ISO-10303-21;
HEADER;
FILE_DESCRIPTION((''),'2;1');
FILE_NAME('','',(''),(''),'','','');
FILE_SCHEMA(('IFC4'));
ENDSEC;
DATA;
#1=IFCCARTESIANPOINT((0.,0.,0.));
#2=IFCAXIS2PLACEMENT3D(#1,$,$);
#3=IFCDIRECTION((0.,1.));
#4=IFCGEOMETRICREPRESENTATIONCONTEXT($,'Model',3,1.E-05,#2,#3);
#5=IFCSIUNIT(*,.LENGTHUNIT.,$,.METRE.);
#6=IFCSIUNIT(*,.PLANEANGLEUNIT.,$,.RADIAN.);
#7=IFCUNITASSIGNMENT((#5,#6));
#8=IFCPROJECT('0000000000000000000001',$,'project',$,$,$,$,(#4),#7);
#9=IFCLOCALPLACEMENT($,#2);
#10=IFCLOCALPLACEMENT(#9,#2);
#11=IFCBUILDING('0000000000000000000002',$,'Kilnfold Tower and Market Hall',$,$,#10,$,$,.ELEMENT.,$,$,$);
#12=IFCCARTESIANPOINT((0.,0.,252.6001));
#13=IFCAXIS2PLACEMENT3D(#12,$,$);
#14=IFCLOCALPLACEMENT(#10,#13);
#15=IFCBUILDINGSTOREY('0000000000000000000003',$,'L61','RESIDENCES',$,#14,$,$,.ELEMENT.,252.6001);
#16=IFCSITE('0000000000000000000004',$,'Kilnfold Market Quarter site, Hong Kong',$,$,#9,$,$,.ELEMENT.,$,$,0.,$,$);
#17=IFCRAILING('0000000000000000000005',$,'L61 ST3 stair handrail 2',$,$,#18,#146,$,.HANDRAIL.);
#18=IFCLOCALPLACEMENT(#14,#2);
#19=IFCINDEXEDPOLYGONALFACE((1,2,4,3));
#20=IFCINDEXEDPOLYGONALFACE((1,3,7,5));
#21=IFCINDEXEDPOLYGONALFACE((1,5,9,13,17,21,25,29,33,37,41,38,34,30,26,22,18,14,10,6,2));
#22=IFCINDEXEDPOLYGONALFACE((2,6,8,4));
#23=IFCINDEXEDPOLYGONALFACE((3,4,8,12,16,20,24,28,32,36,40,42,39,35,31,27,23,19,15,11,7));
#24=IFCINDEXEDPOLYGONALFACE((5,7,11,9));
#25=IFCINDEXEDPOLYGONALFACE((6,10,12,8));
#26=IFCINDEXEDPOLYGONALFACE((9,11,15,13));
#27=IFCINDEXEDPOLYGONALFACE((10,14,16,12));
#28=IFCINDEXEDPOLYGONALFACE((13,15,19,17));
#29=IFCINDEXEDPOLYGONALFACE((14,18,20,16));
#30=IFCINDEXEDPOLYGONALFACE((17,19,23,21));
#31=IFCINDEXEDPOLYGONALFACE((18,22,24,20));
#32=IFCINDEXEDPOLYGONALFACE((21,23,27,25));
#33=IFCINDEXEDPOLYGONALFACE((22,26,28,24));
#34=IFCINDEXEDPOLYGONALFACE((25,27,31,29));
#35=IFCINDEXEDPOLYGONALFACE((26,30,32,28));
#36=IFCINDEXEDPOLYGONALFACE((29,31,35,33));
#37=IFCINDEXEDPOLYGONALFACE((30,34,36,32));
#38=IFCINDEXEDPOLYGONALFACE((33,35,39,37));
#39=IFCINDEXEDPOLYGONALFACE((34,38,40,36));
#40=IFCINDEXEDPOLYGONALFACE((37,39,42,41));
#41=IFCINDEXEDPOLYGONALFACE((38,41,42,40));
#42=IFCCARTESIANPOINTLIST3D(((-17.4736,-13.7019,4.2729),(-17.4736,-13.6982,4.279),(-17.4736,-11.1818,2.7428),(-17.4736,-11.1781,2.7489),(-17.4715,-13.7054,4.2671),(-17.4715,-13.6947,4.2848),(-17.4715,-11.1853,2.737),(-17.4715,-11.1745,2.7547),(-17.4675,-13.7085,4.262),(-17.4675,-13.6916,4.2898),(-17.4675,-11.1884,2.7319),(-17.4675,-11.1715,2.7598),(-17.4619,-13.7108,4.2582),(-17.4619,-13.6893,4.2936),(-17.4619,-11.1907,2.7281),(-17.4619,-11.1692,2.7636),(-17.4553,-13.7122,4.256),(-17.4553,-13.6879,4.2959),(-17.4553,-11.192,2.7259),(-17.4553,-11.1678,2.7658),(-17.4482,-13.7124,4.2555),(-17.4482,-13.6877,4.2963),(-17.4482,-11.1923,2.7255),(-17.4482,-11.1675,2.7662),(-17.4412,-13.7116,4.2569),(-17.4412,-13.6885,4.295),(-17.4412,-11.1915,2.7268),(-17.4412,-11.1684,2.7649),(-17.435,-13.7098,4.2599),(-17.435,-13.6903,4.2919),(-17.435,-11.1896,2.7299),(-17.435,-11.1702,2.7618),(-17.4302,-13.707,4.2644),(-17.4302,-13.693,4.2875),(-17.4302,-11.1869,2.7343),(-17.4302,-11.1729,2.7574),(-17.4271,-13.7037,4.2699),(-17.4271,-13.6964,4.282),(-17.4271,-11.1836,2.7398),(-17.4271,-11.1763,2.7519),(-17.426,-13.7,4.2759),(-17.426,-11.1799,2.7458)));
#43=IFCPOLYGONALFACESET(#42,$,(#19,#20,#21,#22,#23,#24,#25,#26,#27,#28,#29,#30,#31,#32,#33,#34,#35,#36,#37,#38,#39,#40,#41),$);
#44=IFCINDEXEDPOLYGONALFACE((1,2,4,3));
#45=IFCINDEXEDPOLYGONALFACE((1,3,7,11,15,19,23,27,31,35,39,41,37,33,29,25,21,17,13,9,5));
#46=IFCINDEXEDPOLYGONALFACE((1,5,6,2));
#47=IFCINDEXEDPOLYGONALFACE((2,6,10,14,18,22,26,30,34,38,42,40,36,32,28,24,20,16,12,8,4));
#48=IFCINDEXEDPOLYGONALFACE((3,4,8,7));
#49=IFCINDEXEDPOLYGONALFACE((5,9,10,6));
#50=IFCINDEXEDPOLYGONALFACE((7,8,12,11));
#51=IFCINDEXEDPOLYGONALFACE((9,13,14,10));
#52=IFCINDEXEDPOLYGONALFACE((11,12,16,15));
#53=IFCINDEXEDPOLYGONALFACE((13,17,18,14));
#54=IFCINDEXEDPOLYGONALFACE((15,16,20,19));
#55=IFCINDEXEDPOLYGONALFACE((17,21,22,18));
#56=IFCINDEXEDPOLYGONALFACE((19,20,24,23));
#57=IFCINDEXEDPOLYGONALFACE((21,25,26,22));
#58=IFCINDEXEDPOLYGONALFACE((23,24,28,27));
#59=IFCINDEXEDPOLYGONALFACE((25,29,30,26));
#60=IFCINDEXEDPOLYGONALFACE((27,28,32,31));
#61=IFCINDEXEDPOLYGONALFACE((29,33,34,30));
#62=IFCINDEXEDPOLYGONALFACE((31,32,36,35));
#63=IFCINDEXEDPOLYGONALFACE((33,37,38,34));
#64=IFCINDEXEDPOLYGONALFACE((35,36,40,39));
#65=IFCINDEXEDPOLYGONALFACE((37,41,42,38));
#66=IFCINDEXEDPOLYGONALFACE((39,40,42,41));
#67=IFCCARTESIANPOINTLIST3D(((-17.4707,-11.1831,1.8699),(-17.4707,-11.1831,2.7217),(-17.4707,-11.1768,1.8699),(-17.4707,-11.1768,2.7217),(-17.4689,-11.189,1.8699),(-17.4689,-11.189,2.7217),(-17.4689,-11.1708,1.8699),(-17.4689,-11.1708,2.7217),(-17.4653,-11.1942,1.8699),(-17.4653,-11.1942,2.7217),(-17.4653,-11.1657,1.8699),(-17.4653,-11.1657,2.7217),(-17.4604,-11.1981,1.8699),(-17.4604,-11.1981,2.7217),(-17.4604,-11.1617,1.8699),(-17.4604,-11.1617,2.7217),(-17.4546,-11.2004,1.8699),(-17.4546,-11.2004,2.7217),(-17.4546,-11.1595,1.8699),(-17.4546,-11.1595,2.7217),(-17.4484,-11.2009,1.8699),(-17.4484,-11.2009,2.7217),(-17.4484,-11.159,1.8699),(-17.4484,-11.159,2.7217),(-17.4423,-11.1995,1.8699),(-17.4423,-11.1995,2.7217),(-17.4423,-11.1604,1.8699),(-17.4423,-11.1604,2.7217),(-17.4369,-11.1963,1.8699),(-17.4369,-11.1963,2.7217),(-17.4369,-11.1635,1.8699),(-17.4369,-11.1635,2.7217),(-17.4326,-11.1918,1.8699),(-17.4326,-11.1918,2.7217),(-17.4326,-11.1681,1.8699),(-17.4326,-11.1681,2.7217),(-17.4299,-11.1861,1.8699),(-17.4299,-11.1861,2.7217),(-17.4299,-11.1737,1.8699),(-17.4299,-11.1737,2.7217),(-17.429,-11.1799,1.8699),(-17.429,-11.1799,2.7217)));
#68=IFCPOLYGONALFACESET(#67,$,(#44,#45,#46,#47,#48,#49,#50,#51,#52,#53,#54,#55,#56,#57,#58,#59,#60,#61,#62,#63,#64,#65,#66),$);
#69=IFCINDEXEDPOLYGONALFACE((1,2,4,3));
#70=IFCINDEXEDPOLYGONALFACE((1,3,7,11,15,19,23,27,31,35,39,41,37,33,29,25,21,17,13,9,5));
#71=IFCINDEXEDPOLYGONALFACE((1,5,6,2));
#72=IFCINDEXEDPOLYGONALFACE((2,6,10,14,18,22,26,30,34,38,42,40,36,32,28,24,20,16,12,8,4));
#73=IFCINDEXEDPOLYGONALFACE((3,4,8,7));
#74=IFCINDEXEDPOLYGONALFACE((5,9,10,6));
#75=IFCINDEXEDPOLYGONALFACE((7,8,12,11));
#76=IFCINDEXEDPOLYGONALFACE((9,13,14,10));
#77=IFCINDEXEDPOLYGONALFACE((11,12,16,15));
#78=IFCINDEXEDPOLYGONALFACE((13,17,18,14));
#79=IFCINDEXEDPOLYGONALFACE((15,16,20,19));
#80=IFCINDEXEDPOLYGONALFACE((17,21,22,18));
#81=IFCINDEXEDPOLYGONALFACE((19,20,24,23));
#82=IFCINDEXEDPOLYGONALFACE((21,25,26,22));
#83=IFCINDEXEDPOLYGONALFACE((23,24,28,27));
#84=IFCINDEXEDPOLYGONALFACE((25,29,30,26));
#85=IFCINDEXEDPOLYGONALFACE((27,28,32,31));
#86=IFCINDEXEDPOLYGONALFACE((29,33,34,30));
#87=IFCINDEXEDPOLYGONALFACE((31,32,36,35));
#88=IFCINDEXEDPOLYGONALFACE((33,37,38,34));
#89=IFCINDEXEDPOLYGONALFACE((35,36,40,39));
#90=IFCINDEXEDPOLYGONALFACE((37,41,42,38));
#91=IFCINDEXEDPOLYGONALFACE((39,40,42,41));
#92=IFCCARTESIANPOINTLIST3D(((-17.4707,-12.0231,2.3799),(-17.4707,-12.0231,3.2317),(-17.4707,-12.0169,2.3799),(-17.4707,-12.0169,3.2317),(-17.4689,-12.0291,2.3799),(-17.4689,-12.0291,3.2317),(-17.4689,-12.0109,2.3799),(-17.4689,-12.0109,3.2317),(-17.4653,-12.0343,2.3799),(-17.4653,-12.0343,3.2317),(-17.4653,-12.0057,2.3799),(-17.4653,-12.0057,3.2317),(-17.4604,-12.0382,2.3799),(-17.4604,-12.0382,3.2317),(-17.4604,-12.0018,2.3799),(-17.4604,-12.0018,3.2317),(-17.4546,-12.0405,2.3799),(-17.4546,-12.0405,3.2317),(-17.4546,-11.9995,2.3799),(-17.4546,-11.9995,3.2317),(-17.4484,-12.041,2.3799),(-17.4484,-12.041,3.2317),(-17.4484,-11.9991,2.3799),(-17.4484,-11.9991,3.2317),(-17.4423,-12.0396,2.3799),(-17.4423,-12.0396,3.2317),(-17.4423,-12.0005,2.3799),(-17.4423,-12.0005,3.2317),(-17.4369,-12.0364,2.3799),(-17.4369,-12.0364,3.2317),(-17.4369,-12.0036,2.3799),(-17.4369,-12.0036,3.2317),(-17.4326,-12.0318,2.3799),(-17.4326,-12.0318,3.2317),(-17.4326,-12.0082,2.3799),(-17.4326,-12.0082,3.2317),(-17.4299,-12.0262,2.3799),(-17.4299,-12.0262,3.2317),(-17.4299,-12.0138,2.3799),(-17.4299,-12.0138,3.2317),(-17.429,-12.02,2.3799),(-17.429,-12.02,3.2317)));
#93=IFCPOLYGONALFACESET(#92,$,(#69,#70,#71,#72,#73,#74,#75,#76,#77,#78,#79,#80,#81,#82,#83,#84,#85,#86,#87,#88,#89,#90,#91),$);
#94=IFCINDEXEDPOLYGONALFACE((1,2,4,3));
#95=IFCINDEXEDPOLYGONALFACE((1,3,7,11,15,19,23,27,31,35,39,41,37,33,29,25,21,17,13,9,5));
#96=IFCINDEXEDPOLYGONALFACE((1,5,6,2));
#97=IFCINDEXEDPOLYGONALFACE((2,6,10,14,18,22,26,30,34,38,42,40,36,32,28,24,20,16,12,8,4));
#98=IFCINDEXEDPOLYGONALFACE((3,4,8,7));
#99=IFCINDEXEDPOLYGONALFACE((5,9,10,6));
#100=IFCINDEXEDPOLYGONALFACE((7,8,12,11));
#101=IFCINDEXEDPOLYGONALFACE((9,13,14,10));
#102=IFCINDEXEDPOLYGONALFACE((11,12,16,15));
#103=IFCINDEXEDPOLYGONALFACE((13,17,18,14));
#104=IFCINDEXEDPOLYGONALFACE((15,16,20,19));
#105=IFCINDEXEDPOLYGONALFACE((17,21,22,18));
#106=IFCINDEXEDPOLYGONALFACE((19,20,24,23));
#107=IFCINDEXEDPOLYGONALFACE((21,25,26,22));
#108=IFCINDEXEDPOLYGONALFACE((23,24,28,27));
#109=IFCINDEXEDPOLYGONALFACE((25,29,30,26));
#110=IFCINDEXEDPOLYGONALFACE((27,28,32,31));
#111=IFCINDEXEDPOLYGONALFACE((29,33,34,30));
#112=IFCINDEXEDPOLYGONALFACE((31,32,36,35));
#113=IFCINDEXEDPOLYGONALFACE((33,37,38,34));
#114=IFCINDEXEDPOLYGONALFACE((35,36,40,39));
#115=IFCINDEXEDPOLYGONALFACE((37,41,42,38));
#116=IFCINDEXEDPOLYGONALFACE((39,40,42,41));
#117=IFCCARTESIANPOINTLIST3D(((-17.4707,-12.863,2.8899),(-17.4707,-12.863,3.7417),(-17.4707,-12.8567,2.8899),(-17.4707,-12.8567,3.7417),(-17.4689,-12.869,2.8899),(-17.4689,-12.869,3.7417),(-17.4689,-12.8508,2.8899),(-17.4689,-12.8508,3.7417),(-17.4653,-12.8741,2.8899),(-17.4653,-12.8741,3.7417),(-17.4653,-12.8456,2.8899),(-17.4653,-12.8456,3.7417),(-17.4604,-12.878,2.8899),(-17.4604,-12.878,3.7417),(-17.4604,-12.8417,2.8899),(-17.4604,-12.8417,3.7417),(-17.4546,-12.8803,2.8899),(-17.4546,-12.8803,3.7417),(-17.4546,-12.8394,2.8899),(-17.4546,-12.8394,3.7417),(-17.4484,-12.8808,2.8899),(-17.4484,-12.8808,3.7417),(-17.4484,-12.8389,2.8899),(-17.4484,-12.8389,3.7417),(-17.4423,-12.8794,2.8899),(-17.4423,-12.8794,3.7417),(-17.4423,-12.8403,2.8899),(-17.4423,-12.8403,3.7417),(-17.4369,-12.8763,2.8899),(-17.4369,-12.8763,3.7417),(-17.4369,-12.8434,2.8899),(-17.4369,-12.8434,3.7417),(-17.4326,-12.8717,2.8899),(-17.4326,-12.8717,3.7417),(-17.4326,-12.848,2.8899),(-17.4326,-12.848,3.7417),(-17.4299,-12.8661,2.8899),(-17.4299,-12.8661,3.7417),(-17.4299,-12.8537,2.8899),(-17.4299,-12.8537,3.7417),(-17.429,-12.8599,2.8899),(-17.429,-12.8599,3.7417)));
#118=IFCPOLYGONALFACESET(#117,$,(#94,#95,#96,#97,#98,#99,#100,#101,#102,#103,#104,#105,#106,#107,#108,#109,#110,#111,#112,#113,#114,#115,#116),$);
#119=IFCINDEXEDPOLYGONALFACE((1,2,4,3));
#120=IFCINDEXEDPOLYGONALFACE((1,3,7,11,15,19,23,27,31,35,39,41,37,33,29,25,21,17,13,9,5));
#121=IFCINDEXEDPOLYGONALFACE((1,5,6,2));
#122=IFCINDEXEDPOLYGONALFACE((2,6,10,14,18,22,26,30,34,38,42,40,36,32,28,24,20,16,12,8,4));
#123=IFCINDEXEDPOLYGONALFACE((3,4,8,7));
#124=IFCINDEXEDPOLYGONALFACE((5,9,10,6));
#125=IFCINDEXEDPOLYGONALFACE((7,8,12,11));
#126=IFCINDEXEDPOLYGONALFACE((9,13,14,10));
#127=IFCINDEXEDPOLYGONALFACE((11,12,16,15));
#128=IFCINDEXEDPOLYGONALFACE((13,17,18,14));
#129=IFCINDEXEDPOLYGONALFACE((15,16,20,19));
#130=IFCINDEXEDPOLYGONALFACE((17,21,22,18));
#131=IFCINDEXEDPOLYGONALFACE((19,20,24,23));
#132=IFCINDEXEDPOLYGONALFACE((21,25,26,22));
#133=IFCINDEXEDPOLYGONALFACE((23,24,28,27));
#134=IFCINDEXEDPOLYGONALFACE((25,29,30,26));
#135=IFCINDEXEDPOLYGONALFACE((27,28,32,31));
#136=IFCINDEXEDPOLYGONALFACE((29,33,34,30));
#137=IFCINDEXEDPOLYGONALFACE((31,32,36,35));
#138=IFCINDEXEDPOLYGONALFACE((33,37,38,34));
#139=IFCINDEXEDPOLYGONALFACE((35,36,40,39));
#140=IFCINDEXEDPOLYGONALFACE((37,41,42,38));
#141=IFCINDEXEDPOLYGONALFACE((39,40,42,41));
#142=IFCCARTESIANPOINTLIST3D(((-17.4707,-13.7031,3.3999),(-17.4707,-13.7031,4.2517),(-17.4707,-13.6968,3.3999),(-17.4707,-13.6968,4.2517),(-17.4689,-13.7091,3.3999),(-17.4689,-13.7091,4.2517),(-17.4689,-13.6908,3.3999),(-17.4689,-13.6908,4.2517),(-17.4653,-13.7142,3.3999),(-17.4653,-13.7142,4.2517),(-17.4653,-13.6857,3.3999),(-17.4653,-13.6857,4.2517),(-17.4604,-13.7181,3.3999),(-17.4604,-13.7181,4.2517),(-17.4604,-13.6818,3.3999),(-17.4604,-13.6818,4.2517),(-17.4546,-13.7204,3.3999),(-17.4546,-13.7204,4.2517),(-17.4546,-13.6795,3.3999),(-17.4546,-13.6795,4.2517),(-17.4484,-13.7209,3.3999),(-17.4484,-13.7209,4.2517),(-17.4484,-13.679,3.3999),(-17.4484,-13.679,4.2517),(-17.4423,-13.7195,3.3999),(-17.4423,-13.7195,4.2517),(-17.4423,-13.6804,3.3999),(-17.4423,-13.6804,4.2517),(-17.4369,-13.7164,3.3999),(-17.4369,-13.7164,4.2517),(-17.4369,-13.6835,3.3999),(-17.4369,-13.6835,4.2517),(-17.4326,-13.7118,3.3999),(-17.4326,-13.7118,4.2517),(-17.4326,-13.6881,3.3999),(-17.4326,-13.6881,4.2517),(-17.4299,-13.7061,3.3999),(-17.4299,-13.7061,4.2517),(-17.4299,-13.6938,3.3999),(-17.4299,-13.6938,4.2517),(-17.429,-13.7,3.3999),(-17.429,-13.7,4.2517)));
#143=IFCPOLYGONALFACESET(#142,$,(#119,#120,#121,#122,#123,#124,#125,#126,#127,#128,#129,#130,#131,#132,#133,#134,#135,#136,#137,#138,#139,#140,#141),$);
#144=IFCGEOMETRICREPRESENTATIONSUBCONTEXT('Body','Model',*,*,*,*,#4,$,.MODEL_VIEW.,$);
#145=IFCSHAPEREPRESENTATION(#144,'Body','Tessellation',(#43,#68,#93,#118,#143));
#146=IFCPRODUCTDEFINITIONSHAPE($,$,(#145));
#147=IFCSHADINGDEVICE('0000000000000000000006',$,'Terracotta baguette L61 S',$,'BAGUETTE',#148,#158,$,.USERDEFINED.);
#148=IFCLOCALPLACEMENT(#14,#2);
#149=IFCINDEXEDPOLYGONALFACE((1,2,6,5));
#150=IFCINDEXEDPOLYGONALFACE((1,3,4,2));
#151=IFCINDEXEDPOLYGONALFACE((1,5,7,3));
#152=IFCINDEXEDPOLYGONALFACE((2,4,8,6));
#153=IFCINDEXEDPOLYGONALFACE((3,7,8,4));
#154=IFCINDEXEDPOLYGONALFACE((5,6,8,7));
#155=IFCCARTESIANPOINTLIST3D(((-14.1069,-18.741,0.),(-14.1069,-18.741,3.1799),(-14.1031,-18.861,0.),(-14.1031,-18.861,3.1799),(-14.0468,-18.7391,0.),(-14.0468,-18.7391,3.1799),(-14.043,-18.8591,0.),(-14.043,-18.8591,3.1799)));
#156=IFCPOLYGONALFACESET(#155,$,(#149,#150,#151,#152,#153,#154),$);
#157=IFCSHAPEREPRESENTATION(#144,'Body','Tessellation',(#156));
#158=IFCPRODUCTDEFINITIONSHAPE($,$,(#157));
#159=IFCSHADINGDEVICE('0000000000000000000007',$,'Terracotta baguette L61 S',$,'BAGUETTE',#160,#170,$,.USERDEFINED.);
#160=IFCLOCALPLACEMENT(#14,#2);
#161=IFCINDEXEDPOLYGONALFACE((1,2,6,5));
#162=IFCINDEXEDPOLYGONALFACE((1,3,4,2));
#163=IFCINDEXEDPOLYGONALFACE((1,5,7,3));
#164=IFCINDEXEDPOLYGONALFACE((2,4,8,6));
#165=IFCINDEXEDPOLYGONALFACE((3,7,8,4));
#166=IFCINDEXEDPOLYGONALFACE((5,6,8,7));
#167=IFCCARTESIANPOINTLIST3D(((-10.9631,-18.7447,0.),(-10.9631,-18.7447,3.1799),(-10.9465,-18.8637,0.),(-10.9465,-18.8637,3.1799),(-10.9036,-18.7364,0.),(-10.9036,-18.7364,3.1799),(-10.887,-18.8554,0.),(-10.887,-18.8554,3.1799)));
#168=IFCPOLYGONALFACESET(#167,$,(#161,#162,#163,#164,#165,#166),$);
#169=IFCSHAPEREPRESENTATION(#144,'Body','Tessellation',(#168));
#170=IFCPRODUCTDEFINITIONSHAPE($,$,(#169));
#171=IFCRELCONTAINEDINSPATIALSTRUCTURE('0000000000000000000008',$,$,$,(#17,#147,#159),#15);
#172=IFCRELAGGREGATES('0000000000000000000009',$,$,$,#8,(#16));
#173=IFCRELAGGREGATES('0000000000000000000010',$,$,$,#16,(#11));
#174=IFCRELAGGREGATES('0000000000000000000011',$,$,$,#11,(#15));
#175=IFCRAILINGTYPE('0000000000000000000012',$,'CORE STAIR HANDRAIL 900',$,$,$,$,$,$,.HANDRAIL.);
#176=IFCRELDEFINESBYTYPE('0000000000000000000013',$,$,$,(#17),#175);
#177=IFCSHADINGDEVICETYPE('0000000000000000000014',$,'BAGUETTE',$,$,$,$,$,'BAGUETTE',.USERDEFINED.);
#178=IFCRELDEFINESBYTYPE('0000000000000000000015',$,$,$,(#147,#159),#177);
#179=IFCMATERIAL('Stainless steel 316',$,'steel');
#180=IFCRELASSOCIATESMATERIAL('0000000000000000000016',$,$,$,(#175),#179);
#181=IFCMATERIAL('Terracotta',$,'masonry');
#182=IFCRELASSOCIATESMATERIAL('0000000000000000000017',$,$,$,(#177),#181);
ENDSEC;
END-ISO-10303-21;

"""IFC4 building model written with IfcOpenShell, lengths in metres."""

from ifc_helpers import new_model, si_unit, direction, frame, origin, origin_2d, place, context, subcontext, project, spatial, rectangle, circle, extrude, source, transform, mapped, material, material_profile, profile_set, type_object, element, save


model = new_model("IFC4")

# Units and contexts
model_context = context("Model", 3, precision=1e-05, world=origin(), true_north=direction((0.0, 1.0)))
body_context = subcontext(model_context, "Body", "Model", "MODEL_VIEW")
ifc_project = project(units=[si_unit("LENGTHUNIT", "METRE"), si_unit("PLANEANGLEUNIT", "RADIAN")], contexts=[model_context])

# Site, building, storey
site_placement = place(None, origin())
site = spatial("IfcSite", under=ifc_project, at=site_placement, Name="Kilnfold Market Quarter site, Hong Kong", CompositionType="ELEMENT", RefElevation=0.0)
building_placement = place(site_placement, origin())
building = spatial("IfcBuilding", under=site, at=building_placement, Name="Kilnfold Tower and Market Hall", CompositionType="ELEMENT")
storey_placement = place(building_placement, frame((0.0, 0.0, 252.6001)))
storey = spatial("IfcBuildingStorey", under=building, at=storey_placement, Name="L61", Description="RESIDENCES", CompositionType="ELEMENT", Elevation=252.6001)

# Railing
ifc_material_1 = material(Name="Stainless steel 316", Category="steel")
railing_type_1 = type_object("IfcRailingType", Name="CORE STAIR HANDRAIL 900", PredefinedType="HANDRAIL", material=ifc_material_1)
railing_1_placement = place(storey_placement, frame((-17.45, -11.1799, 1.8699)))
element("IfcRailing", 1, at=railing_1_placement, inside=storey, type_object=railing_type_1, Name="L61 ST3 stair handrail 2", PredefinedType="HANDRAIL", context=body_context, shape_type="SweptSolid", body=[
    extrude(circle(Radius=0.0239, at=origin_2d()), frame((0.0, 0.0, 0.876), z_axis=(0.0, -0.854785, 0.518982), x_axis=(1.0, 0.0, 0.0)), (0.0, 0.0, 1.0), 2.9482),
    extrude(circle(Radius=0.021, at=origin_2d()), origin(), (0.0, 0.0, 1.0), 0.8518),
    extrude(circle(Radius=0.021, at=origin_2d()), frame((0.0, -0.8401, 0.51)), (0.0, 0.0, 1.0), 0.8518),
    extrude(circle(Radius=0.021, at=origin_2d()), frame((0.0, -1.6799, 1.02)), (0.0, 0.0, 1.0), 0.8518),
    extrude(circle(Radius=0.021, at=origin_2d()), frame((0.0, -2.52, 1.53)), (0.0, 0.0, 1.0), 0.8518),
])

# Shading devices
ifc_material_2 = material(Name="Terracotta", Category="masonry")
ifc_material_profile_1 = material_profile(ifc_material_2, rectangle(XDim=0.0601, YDim=0.1201, at=origin_2d()), Name="BAG 60x120")
ifc_profile_set_1 = profile_set([ifc_material_profile_1], Name="Terracotta")
shading_device_type = type_object("IfcShadingDeviceType", Name="BAGUETTE", ElementType="BAGUETTE", PredefinedType="USERDEFINED", material=ifc_profile_set_1)
shared_shape_1 = source(origin(), body_context, "Body", "SweptSolid", [
    extrude(rectangle(XDim=0.0601, YDim=0.1201, at=origin_2d()), origin(), (0.0, 0.0, 1.0), 3.1799),
])
for number, where, z_axis, x_axis, name in (
    (2, (-14.075, -18.8, 0.0), (0.0, 0.0, 1.0), (0.999496, 0.031735, 0.0), "Terracotta baguette L61 S"),
    (3, (-10.925, -18.8, 0.0), (0.0, 0.0, 1.0), (0.990319, 0.138812, 0.0), "Terracotta baguette L61 S"),
):
    element("IfcShadingDevice", number, at=place(storey_placement, frame(where, z_axis=z_axis, x_axis=x_axis)), inside=storey, type_object=shading_device_type, Name=name, ObjectType="BAGUETTE", PredefinedType="USERDEFINED", context=body_context, shape_type="MappedRepresentation", body=[
        mapped(shared_shape_1, transform((0.0, 0.0, 0.0))),
    ])

save(model, "model.ifc")
